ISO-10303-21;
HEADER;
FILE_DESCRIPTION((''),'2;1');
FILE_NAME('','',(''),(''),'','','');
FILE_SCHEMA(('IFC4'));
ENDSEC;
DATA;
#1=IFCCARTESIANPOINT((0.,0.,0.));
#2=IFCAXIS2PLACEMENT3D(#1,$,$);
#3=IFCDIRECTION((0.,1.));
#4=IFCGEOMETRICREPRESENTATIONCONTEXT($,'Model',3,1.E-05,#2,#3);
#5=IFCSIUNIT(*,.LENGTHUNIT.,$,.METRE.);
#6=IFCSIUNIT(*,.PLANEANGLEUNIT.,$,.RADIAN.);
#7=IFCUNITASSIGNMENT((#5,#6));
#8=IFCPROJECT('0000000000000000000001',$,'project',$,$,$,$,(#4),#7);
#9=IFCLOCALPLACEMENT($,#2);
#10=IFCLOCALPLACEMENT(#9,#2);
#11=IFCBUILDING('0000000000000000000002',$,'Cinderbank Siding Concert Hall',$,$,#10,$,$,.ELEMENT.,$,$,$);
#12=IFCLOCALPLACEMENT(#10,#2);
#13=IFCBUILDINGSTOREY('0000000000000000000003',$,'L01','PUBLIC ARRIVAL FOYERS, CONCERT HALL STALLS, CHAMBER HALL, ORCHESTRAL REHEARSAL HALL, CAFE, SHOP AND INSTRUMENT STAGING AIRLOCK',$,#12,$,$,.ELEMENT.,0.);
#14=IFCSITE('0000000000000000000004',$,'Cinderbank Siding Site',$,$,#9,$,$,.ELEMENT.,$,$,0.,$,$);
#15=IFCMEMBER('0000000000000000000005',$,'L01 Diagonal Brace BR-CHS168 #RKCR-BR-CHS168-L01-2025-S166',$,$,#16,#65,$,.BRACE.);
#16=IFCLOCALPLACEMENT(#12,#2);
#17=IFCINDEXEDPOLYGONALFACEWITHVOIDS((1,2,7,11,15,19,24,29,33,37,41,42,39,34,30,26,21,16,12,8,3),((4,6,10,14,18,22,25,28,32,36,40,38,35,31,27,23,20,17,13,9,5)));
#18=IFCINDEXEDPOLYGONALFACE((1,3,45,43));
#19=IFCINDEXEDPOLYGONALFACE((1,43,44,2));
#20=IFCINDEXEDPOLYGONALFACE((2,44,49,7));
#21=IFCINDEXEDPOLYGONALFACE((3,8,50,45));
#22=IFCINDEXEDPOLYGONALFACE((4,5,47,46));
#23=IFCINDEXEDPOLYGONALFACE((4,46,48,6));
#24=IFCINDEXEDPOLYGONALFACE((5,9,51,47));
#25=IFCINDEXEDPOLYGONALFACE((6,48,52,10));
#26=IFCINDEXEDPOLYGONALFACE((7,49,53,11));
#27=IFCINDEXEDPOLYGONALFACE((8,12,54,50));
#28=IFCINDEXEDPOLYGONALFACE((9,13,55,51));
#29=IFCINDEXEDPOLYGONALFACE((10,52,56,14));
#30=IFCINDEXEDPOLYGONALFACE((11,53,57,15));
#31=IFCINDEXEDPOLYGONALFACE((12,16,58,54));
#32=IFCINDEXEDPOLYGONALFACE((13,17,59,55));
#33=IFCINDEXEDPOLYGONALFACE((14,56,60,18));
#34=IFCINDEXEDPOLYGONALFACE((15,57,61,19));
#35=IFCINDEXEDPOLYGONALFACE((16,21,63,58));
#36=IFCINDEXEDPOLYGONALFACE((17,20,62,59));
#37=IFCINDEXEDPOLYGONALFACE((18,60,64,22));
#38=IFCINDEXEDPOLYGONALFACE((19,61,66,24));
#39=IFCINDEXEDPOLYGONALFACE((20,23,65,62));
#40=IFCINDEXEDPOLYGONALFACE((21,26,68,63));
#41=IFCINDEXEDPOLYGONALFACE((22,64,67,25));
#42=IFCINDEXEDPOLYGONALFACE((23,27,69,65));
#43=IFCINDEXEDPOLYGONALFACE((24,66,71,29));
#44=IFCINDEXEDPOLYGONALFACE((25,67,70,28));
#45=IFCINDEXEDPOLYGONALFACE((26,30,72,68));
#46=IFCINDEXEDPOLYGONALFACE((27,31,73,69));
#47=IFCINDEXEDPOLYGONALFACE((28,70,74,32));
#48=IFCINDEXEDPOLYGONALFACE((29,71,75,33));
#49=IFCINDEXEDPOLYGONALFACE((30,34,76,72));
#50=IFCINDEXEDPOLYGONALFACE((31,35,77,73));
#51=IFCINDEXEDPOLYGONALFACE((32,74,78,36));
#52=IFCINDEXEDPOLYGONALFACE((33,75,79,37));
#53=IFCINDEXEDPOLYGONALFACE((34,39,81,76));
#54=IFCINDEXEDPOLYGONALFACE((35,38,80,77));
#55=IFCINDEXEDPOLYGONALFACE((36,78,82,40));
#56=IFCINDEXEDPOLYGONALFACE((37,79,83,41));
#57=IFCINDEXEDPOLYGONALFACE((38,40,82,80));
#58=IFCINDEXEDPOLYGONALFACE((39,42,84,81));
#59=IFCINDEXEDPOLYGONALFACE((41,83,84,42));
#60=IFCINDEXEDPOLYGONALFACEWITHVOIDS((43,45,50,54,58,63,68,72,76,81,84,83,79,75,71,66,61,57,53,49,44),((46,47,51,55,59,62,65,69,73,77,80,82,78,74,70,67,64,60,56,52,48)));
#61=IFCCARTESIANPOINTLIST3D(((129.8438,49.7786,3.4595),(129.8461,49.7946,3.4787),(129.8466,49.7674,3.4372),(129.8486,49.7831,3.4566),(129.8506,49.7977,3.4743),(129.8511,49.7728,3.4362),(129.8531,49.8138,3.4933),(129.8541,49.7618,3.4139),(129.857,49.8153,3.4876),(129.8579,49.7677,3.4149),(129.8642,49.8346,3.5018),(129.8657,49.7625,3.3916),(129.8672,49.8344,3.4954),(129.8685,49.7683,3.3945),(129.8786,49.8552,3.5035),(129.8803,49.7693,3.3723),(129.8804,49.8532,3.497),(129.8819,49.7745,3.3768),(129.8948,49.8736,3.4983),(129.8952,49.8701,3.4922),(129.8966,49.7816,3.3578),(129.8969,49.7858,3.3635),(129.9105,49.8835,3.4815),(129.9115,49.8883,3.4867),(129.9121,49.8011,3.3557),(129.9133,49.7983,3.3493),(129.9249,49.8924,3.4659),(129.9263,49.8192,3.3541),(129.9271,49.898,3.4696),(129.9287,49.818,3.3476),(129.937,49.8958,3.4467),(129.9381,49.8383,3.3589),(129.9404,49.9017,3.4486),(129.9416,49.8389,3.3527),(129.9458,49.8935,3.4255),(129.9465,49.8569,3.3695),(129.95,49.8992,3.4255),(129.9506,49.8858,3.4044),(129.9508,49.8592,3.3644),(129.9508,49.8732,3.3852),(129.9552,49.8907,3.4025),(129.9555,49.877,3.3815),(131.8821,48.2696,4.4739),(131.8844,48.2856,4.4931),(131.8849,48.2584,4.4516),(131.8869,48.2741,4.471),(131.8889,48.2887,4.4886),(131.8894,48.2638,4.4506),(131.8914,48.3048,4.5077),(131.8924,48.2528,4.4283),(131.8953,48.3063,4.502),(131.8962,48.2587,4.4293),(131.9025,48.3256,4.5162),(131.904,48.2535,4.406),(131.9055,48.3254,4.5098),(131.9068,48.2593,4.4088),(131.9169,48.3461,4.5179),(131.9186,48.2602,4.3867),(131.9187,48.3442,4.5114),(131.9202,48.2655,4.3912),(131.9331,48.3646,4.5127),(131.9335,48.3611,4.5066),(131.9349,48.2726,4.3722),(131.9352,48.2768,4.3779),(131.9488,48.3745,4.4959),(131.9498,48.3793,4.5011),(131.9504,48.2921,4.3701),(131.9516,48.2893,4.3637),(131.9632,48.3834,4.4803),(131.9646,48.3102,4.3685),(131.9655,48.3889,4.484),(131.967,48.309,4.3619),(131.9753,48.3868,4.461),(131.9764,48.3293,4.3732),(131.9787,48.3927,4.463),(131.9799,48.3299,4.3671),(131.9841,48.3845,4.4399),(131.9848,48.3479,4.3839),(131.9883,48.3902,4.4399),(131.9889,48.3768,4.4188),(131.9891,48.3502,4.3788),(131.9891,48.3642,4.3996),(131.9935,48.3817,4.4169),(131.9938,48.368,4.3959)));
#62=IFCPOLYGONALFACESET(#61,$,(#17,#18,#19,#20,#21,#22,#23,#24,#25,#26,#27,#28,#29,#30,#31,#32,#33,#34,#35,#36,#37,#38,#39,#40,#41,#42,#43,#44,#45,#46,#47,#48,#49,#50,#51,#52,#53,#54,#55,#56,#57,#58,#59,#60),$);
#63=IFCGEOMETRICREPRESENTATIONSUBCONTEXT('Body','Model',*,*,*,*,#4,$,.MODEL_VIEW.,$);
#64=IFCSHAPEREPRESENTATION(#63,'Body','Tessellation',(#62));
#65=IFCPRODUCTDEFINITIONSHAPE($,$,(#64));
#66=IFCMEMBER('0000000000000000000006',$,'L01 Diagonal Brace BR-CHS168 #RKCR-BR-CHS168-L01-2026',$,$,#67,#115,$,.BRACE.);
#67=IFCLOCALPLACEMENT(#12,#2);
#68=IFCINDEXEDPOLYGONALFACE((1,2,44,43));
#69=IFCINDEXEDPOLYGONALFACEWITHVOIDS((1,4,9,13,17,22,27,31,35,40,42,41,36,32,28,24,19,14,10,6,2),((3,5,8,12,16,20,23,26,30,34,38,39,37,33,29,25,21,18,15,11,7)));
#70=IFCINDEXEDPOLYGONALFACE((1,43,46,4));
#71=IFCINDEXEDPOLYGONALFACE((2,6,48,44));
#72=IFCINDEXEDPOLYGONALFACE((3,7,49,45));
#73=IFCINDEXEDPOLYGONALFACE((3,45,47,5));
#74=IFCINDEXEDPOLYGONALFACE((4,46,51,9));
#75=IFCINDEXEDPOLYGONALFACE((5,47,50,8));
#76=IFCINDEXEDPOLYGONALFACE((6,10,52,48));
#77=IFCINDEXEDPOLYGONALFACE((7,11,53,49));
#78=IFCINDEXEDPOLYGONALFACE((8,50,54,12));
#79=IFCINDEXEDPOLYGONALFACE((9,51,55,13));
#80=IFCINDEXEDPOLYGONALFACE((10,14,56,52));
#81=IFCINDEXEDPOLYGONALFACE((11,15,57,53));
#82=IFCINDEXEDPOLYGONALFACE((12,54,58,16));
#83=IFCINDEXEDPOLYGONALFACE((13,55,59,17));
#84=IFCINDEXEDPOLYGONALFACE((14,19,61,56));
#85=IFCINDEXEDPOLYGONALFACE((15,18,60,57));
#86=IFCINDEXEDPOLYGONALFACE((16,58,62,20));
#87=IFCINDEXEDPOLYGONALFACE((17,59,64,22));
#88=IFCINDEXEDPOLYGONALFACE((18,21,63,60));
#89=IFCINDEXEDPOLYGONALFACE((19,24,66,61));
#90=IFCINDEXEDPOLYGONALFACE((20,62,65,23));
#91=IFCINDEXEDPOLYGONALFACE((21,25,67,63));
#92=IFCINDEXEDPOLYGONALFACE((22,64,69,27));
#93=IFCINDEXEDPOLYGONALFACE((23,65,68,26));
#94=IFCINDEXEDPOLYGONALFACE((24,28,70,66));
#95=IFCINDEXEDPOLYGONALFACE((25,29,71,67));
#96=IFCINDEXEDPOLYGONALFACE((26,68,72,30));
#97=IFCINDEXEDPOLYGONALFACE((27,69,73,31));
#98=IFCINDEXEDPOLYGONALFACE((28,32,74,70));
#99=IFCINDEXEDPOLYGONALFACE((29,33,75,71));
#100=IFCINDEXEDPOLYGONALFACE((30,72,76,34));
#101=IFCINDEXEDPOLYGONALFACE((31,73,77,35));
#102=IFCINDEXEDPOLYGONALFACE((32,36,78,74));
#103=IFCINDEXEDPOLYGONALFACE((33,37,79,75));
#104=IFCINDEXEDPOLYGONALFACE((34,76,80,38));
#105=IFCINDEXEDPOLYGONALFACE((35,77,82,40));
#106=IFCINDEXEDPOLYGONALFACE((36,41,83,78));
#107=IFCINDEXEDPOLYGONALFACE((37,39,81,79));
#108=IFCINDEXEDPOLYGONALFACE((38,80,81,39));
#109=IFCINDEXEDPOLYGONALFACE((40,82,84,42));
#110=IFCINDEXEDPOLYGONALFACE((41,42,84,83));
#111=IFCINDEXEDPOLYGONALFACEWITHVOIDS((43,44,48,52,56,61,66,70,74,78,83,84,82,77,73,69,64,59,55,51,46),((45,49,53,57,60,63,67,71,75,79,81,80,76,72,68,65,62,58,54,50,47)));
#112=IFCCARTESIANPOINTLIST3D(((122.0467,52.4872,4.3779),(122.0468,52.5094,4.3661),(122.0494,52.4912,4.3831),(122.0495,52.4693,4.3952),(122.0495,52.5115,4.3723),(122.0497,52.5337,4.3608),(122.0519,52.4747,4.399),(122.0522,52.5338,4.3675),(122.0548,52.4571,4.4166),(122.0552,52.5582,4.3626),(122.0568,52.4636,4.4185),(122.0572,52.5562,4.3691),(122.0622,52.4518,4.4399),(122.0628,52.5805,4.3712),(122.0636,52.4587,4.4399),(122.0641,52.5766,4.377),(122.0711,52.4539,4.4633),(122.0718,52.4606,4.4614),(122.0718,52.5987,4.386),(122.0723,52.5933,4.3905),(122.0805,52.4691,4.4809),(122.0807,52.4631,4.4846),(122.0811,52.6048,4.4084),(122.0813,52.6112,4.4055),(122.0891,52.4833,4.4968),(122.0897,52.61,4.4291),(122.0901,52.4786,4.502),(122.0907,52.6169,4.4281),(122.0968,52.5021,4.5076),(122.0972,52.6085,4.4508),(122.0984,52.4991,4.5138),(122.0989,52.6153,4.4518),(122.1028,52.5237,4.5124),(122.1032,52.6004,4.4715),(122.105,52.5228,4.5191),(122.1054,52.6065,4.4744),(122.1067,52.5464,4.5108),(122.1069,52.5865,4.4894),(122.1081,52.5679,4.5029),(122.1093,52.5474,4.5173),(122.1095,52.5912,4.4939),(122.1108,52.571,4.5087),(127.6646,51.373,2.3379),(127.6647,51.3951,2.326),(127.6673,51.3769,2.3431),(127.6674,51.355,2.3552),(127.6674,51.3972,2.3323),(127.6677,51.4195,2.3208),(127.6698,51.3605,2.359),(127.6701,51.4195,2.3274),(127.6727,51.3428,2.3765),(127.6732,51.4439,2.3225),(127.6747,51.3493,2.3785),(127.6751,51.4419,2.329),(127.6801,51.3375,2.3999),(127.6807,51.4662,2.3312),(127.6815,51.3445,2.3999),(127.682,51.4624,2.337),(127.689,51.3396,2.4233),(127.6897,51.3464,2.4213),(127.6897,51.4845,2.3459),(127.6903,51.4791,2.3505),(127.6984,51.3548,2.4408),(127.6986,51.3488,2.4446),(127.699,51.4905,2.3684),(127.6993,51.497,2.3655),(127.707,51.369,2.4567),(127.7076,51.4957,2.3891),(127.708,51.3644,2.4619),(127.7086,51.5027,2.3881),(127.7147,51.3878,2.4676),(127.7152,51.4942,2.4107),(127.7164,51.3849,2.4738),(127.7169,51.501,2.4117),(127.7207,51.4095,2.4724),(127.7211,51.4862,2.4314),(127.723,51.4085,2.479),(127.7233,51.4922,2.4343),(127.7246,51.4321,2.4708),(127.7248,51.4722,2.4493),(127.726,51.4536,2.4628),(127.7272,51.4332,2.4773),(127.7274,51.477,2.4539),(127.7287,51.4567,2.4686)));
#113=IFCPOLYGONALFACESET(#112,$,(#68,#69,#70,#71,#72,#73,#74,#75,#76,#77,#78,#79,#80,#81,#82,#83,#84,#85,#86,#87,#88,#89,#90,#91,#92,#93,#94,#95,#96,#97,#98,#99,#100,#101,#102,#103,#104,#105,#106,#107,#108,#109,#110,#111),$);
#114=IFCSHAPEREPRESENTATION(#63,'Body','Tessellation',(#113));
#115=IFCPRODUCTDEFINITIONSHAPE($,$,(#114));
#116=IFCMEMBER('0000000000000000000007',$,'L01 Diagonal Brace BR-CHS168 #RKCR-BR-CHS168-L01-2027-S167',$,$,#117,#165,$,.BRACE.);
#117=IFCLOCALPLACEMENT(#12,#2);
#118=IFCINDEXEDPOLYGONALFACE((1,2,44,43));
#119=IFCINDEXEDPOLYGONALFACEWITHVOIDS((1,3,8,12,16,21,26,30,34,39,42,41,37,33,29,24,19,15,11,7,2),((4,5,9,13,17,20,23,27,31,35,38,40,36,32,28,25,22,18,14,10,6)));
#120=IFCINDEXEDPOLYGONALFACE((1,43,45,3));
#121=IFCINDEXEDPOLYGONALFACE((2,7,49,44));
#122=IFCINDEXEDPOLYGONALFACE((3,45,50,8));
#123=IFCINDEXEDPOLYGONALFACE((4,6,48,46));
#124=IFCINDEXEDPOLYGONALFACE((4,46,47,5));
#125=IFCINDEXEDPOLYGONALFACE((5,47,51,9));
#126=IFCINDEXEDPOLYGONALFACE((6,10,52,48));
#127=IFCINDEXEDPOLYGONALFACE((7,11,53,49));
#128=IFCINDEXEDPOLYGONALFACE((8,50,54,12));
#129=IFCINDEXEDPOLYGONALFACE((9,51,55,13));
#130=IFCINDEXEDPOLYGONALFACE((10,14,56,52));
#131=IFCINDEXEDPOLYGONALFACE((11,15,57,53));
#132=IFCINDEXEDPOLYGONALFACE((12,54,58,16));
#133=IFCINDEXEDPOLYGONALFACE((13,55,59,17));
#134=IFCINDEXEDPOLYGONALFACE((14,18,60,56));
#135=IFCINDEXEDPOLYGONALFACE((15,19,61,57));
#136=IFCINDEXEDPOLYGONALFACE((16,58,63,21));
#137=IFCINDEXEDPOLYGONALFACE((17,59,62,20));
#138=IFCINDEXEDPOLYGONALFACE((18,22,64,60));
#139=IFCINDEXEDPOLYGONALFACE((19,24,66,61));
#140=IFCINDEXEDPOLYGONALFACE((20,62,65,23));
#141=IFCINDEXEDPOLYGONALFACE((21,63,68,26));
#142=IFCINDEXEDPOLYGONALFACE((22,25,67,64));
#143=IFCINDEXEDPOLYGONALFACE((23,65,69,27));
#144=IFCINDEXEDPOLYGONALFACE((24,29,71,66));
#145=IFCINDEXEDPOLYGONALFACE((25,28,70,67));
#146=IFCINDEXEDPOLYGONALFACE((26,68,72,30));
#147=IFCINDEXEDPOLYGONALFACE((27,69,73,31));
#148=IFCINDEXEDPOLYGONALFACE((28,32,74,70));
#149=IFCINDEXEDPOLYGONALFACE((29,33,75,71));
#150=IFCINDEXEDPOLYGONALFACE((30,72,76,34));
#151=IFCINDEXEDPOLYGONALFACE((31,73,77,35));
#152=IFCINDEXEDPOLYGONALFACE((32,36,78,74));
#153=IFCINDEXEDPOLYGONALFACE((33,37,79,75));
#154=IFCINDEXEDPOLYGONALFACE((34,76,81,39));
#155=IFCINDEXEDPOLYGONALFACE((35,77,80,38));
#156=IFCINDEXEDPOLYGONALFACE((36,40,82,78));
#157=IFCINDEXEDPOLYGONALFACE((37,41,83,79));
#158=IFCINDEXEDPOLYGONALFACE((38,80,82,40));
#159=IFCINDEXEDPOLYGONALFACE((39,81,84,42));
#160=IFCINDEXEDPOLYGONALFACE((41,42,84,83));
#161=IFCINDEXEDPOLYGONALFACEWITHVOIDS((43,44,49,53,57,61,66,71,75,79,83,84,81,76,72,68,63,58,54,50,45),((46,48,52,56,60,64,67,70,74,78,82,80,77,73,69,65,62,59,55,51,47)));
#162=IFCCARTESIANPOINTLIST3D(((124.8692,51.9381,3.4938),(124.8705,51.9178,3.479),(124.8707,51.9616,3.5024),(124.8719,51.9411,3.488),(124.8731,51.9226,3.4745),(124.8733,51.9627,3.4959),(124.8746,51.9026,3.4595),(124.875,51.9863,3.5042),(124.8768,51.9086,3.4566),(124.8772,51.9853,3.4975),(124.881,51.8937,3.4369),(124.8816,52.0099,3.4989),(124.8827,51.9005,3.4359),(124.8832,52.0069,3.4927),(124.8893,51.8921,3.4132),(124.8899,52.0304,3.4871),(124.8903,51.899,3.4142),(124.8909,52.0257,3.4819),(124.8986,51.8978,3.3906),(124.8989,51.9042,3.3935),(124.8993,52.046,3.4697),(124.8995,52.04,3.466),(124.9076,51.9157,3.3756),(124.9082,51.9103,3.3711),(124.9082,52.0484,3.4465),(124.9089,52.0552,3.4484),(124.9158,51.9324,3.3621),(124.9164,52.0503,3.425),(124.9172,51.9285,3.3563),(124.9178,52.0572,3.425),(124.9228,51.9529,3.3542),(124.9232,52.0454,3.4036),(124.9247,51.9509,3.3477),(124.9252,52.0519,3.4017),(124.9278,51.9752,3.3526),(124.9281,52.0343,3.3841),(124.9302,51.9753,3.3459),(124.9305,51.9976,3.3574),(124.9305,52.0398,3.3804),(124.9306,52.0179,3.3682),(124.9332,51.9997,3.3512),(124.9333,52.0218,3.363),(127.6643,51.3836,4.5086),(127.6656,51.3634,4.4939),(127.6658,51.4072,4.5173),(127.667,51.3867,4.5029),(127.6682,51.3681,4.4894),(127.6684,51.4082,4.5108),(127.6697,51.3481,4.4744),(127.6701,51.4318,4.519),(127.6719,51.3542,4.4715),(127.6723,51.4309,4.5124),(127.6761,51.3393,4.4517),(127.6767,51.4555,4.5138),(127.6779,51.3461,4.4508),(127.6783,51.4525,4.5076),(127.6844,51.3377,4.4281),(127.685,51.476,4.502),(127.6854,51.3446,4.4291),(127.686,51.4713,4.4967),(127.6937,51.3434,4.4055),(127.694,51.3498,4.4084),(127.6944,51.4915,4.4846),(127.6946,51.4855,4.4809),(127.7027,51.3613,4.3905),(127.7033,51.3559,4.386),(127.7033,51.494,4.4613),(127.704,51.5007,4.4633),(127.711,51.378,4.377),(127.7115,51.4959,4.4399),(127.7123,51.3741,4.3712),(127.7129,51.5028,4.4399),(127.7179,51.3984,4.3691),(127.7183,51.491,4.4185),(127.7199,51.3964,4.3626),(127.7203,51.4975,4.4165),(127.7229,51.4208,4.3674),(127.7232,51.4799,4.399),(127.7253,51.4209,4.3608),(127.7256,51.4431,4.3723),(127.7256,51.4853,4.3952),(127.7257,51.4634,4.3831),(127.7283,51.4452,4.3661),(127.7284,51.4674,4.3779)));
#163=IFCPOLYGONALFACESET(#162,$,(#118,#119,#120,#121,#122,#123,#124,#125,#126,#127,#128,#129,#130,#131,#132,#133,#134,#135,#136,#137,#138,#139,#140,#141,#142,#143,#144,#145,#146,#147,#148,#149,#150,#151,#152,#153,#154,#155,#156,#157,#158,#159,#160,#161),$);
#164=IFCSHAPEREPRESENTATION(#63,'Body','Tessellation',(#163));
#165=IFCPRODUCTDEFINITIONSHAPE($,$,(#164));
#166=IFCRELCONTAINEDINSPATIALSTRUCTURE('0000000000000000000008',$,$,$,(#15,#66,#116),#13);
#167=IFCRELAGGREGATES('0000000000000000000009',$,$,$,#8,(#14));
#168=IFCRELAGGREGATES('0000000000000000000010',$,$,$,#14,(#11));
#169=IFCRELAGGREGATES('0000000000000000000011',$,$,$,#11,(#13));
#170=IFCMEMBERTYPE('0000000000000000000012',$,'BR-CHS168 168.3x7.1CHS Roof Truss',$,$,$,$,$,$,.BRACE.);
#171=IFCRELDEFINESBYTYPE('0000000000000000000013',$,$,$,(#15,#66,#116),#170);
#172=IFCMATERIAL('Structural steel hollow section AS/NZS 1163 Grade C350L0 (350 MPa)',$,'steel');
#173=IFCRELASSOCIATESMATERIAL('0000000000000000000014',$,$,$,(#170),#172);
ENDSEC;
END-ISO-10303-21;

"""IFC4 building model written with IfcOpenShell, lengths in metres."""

from ifc_helpers import new_model, si_unit, direction, frame, origin, origin_2d, place, context, subcontext, project, spatial, hollow_circle, extrude, material, material_profile, profile_set, type_object, element, save


model = new_model("IFC4")

# Units and contexts
model_context = context("Model", 3, precision=1e-05, world=origin(), true_north=direction((0.0, 1.0)))
body_context = subcontext(model_context, "Body", "Model", "MODEL_VIEW")
ifc_project = project(units=[si_unit("LENGTHUNIT", "METRE"), si_unit("PLANEANGLEUNIT", "RADIAN")], contexts=[model_context])

# Site, building, storey
site_placement = place(None, origin())
site = spatial("IfcSite", under=ifc_project, at=site_placement, Name="Cinderbank Siding Site", CompositionType="ELEMENT", RefElevation=0.0)
building_placement = place(site_placement, origin())
building = spatial("IfcBuilding", under=site, at=building_placement, Name="Cinderbank Siding Concert Hall", CompositionType="ELEMENT")
storey_placement = place(building_placement, origin())
storey = spatial("IfcBuildingStorey", under=building, at=storey_placement, Name="L01", Description="PUBLIC ARRIVAL FOYERS, CONCERT HALL STALLS, CHAMBER HALL, ORCHESTRAL REHEARSAL HALL, CAFE, SHOP AND INSTRUMENT STAGING AIRLOCK", CompositionType="ELEMENT", Elevation=0.0)

# Members
ifc_material_1 = material(Name="Structural steel hollow section AS/NZS 1163 Grade C350L0 (350 MPa)", Category="steel")
ifc_material_profile_1 = material_profile(ifc_material_1, hollow_circle(Radius=0.0842, WallThickness=0.0071, at=origin_2d()), Name="168.3x7.1CHS", Category="LoadBearing")
ifc_profile_set_1 = profile_set([ifc_material_profile_1], Name="Structural steel hollow section AS/NZS 1163 Grade C350L0 (350 MPa)")
member_type = type_object("IfcMemberType", Name="BR-CHS168 168.3x7.1CHS Roof Truss", PredefinedType="BRACE", material=ifc_profile_set_1)
for number, where, z_axis, x_axis, name in (
    (1, (129.8999, 49.8315, 3.4255), (0.746236, -0.55246, 0.371375), (0.595013, 0.803716, 0.0), "L01 Diagonal Brace BR-CHS168 #RKCR-BR-CHS168-L01-2025-S166"),
):
    element("IfcMember", number, at=place(storey_placement, frame(where, z_axis=z_axis, x_axis=x_axis)), inside=storey, type_object=member_type, Name=name, PredefinedType="BRACE", context=body_context, shape_type="SweptSolid", body=[
        extrude(hollow_circle(Radius=0.0842, WallThickness=0.0071, at=origin_2d()), origin(), (0.0, 0.0, 1.0), 2.7314),
    ])
member_1_placement = place(storey_placement, frame((127.6965, 51.4202, 2.3999), z_axis=(-0.924026, 0.183271, 0.335542), x_axis=(-0.19455, -0.980893, 0.0)))
element("IfcMember", 2, at=member_1_placement, inside=storey, type_object=member_type, Name="L01 Diagonal Brace BR-CHS168 #RKCR-BR-CHS168-L01-2026", PredefinedType="BRACE", context=body_context, shape_type="SweptSolid", body=[
    extrude(hollow_circle(Radius=0.0842, WallThickness=0.0071, at=origin_2d()), origin(), (0.0, 0.0, 1.0), 6.0798),
])
member_2_placement = place(storey_placement, frame((124.9014, 51.9746, 3.425), z_axis=(0.924035, -0.18329, 0.335506), x_axis=(0.194567, 0.980889, 0.0)))
element("IfcMember", 3, at=member_2_placement, inside=storey, type_object=member_type, Name="L01 Diagonal Brace BR-CHS168 #RKCR-BR-CHS168-L01-2027-S167", PredefinedType="BRACE", context=body_context, shape_type="SweptSolid", body=[
    extrude(hollow_circle(Radius=0.0842, WallThickness=0.0071, at=origin_2d()), origin(), (0.0, 0.0, 1.0), 3.0249),
])

save(model, "model.ifc")
